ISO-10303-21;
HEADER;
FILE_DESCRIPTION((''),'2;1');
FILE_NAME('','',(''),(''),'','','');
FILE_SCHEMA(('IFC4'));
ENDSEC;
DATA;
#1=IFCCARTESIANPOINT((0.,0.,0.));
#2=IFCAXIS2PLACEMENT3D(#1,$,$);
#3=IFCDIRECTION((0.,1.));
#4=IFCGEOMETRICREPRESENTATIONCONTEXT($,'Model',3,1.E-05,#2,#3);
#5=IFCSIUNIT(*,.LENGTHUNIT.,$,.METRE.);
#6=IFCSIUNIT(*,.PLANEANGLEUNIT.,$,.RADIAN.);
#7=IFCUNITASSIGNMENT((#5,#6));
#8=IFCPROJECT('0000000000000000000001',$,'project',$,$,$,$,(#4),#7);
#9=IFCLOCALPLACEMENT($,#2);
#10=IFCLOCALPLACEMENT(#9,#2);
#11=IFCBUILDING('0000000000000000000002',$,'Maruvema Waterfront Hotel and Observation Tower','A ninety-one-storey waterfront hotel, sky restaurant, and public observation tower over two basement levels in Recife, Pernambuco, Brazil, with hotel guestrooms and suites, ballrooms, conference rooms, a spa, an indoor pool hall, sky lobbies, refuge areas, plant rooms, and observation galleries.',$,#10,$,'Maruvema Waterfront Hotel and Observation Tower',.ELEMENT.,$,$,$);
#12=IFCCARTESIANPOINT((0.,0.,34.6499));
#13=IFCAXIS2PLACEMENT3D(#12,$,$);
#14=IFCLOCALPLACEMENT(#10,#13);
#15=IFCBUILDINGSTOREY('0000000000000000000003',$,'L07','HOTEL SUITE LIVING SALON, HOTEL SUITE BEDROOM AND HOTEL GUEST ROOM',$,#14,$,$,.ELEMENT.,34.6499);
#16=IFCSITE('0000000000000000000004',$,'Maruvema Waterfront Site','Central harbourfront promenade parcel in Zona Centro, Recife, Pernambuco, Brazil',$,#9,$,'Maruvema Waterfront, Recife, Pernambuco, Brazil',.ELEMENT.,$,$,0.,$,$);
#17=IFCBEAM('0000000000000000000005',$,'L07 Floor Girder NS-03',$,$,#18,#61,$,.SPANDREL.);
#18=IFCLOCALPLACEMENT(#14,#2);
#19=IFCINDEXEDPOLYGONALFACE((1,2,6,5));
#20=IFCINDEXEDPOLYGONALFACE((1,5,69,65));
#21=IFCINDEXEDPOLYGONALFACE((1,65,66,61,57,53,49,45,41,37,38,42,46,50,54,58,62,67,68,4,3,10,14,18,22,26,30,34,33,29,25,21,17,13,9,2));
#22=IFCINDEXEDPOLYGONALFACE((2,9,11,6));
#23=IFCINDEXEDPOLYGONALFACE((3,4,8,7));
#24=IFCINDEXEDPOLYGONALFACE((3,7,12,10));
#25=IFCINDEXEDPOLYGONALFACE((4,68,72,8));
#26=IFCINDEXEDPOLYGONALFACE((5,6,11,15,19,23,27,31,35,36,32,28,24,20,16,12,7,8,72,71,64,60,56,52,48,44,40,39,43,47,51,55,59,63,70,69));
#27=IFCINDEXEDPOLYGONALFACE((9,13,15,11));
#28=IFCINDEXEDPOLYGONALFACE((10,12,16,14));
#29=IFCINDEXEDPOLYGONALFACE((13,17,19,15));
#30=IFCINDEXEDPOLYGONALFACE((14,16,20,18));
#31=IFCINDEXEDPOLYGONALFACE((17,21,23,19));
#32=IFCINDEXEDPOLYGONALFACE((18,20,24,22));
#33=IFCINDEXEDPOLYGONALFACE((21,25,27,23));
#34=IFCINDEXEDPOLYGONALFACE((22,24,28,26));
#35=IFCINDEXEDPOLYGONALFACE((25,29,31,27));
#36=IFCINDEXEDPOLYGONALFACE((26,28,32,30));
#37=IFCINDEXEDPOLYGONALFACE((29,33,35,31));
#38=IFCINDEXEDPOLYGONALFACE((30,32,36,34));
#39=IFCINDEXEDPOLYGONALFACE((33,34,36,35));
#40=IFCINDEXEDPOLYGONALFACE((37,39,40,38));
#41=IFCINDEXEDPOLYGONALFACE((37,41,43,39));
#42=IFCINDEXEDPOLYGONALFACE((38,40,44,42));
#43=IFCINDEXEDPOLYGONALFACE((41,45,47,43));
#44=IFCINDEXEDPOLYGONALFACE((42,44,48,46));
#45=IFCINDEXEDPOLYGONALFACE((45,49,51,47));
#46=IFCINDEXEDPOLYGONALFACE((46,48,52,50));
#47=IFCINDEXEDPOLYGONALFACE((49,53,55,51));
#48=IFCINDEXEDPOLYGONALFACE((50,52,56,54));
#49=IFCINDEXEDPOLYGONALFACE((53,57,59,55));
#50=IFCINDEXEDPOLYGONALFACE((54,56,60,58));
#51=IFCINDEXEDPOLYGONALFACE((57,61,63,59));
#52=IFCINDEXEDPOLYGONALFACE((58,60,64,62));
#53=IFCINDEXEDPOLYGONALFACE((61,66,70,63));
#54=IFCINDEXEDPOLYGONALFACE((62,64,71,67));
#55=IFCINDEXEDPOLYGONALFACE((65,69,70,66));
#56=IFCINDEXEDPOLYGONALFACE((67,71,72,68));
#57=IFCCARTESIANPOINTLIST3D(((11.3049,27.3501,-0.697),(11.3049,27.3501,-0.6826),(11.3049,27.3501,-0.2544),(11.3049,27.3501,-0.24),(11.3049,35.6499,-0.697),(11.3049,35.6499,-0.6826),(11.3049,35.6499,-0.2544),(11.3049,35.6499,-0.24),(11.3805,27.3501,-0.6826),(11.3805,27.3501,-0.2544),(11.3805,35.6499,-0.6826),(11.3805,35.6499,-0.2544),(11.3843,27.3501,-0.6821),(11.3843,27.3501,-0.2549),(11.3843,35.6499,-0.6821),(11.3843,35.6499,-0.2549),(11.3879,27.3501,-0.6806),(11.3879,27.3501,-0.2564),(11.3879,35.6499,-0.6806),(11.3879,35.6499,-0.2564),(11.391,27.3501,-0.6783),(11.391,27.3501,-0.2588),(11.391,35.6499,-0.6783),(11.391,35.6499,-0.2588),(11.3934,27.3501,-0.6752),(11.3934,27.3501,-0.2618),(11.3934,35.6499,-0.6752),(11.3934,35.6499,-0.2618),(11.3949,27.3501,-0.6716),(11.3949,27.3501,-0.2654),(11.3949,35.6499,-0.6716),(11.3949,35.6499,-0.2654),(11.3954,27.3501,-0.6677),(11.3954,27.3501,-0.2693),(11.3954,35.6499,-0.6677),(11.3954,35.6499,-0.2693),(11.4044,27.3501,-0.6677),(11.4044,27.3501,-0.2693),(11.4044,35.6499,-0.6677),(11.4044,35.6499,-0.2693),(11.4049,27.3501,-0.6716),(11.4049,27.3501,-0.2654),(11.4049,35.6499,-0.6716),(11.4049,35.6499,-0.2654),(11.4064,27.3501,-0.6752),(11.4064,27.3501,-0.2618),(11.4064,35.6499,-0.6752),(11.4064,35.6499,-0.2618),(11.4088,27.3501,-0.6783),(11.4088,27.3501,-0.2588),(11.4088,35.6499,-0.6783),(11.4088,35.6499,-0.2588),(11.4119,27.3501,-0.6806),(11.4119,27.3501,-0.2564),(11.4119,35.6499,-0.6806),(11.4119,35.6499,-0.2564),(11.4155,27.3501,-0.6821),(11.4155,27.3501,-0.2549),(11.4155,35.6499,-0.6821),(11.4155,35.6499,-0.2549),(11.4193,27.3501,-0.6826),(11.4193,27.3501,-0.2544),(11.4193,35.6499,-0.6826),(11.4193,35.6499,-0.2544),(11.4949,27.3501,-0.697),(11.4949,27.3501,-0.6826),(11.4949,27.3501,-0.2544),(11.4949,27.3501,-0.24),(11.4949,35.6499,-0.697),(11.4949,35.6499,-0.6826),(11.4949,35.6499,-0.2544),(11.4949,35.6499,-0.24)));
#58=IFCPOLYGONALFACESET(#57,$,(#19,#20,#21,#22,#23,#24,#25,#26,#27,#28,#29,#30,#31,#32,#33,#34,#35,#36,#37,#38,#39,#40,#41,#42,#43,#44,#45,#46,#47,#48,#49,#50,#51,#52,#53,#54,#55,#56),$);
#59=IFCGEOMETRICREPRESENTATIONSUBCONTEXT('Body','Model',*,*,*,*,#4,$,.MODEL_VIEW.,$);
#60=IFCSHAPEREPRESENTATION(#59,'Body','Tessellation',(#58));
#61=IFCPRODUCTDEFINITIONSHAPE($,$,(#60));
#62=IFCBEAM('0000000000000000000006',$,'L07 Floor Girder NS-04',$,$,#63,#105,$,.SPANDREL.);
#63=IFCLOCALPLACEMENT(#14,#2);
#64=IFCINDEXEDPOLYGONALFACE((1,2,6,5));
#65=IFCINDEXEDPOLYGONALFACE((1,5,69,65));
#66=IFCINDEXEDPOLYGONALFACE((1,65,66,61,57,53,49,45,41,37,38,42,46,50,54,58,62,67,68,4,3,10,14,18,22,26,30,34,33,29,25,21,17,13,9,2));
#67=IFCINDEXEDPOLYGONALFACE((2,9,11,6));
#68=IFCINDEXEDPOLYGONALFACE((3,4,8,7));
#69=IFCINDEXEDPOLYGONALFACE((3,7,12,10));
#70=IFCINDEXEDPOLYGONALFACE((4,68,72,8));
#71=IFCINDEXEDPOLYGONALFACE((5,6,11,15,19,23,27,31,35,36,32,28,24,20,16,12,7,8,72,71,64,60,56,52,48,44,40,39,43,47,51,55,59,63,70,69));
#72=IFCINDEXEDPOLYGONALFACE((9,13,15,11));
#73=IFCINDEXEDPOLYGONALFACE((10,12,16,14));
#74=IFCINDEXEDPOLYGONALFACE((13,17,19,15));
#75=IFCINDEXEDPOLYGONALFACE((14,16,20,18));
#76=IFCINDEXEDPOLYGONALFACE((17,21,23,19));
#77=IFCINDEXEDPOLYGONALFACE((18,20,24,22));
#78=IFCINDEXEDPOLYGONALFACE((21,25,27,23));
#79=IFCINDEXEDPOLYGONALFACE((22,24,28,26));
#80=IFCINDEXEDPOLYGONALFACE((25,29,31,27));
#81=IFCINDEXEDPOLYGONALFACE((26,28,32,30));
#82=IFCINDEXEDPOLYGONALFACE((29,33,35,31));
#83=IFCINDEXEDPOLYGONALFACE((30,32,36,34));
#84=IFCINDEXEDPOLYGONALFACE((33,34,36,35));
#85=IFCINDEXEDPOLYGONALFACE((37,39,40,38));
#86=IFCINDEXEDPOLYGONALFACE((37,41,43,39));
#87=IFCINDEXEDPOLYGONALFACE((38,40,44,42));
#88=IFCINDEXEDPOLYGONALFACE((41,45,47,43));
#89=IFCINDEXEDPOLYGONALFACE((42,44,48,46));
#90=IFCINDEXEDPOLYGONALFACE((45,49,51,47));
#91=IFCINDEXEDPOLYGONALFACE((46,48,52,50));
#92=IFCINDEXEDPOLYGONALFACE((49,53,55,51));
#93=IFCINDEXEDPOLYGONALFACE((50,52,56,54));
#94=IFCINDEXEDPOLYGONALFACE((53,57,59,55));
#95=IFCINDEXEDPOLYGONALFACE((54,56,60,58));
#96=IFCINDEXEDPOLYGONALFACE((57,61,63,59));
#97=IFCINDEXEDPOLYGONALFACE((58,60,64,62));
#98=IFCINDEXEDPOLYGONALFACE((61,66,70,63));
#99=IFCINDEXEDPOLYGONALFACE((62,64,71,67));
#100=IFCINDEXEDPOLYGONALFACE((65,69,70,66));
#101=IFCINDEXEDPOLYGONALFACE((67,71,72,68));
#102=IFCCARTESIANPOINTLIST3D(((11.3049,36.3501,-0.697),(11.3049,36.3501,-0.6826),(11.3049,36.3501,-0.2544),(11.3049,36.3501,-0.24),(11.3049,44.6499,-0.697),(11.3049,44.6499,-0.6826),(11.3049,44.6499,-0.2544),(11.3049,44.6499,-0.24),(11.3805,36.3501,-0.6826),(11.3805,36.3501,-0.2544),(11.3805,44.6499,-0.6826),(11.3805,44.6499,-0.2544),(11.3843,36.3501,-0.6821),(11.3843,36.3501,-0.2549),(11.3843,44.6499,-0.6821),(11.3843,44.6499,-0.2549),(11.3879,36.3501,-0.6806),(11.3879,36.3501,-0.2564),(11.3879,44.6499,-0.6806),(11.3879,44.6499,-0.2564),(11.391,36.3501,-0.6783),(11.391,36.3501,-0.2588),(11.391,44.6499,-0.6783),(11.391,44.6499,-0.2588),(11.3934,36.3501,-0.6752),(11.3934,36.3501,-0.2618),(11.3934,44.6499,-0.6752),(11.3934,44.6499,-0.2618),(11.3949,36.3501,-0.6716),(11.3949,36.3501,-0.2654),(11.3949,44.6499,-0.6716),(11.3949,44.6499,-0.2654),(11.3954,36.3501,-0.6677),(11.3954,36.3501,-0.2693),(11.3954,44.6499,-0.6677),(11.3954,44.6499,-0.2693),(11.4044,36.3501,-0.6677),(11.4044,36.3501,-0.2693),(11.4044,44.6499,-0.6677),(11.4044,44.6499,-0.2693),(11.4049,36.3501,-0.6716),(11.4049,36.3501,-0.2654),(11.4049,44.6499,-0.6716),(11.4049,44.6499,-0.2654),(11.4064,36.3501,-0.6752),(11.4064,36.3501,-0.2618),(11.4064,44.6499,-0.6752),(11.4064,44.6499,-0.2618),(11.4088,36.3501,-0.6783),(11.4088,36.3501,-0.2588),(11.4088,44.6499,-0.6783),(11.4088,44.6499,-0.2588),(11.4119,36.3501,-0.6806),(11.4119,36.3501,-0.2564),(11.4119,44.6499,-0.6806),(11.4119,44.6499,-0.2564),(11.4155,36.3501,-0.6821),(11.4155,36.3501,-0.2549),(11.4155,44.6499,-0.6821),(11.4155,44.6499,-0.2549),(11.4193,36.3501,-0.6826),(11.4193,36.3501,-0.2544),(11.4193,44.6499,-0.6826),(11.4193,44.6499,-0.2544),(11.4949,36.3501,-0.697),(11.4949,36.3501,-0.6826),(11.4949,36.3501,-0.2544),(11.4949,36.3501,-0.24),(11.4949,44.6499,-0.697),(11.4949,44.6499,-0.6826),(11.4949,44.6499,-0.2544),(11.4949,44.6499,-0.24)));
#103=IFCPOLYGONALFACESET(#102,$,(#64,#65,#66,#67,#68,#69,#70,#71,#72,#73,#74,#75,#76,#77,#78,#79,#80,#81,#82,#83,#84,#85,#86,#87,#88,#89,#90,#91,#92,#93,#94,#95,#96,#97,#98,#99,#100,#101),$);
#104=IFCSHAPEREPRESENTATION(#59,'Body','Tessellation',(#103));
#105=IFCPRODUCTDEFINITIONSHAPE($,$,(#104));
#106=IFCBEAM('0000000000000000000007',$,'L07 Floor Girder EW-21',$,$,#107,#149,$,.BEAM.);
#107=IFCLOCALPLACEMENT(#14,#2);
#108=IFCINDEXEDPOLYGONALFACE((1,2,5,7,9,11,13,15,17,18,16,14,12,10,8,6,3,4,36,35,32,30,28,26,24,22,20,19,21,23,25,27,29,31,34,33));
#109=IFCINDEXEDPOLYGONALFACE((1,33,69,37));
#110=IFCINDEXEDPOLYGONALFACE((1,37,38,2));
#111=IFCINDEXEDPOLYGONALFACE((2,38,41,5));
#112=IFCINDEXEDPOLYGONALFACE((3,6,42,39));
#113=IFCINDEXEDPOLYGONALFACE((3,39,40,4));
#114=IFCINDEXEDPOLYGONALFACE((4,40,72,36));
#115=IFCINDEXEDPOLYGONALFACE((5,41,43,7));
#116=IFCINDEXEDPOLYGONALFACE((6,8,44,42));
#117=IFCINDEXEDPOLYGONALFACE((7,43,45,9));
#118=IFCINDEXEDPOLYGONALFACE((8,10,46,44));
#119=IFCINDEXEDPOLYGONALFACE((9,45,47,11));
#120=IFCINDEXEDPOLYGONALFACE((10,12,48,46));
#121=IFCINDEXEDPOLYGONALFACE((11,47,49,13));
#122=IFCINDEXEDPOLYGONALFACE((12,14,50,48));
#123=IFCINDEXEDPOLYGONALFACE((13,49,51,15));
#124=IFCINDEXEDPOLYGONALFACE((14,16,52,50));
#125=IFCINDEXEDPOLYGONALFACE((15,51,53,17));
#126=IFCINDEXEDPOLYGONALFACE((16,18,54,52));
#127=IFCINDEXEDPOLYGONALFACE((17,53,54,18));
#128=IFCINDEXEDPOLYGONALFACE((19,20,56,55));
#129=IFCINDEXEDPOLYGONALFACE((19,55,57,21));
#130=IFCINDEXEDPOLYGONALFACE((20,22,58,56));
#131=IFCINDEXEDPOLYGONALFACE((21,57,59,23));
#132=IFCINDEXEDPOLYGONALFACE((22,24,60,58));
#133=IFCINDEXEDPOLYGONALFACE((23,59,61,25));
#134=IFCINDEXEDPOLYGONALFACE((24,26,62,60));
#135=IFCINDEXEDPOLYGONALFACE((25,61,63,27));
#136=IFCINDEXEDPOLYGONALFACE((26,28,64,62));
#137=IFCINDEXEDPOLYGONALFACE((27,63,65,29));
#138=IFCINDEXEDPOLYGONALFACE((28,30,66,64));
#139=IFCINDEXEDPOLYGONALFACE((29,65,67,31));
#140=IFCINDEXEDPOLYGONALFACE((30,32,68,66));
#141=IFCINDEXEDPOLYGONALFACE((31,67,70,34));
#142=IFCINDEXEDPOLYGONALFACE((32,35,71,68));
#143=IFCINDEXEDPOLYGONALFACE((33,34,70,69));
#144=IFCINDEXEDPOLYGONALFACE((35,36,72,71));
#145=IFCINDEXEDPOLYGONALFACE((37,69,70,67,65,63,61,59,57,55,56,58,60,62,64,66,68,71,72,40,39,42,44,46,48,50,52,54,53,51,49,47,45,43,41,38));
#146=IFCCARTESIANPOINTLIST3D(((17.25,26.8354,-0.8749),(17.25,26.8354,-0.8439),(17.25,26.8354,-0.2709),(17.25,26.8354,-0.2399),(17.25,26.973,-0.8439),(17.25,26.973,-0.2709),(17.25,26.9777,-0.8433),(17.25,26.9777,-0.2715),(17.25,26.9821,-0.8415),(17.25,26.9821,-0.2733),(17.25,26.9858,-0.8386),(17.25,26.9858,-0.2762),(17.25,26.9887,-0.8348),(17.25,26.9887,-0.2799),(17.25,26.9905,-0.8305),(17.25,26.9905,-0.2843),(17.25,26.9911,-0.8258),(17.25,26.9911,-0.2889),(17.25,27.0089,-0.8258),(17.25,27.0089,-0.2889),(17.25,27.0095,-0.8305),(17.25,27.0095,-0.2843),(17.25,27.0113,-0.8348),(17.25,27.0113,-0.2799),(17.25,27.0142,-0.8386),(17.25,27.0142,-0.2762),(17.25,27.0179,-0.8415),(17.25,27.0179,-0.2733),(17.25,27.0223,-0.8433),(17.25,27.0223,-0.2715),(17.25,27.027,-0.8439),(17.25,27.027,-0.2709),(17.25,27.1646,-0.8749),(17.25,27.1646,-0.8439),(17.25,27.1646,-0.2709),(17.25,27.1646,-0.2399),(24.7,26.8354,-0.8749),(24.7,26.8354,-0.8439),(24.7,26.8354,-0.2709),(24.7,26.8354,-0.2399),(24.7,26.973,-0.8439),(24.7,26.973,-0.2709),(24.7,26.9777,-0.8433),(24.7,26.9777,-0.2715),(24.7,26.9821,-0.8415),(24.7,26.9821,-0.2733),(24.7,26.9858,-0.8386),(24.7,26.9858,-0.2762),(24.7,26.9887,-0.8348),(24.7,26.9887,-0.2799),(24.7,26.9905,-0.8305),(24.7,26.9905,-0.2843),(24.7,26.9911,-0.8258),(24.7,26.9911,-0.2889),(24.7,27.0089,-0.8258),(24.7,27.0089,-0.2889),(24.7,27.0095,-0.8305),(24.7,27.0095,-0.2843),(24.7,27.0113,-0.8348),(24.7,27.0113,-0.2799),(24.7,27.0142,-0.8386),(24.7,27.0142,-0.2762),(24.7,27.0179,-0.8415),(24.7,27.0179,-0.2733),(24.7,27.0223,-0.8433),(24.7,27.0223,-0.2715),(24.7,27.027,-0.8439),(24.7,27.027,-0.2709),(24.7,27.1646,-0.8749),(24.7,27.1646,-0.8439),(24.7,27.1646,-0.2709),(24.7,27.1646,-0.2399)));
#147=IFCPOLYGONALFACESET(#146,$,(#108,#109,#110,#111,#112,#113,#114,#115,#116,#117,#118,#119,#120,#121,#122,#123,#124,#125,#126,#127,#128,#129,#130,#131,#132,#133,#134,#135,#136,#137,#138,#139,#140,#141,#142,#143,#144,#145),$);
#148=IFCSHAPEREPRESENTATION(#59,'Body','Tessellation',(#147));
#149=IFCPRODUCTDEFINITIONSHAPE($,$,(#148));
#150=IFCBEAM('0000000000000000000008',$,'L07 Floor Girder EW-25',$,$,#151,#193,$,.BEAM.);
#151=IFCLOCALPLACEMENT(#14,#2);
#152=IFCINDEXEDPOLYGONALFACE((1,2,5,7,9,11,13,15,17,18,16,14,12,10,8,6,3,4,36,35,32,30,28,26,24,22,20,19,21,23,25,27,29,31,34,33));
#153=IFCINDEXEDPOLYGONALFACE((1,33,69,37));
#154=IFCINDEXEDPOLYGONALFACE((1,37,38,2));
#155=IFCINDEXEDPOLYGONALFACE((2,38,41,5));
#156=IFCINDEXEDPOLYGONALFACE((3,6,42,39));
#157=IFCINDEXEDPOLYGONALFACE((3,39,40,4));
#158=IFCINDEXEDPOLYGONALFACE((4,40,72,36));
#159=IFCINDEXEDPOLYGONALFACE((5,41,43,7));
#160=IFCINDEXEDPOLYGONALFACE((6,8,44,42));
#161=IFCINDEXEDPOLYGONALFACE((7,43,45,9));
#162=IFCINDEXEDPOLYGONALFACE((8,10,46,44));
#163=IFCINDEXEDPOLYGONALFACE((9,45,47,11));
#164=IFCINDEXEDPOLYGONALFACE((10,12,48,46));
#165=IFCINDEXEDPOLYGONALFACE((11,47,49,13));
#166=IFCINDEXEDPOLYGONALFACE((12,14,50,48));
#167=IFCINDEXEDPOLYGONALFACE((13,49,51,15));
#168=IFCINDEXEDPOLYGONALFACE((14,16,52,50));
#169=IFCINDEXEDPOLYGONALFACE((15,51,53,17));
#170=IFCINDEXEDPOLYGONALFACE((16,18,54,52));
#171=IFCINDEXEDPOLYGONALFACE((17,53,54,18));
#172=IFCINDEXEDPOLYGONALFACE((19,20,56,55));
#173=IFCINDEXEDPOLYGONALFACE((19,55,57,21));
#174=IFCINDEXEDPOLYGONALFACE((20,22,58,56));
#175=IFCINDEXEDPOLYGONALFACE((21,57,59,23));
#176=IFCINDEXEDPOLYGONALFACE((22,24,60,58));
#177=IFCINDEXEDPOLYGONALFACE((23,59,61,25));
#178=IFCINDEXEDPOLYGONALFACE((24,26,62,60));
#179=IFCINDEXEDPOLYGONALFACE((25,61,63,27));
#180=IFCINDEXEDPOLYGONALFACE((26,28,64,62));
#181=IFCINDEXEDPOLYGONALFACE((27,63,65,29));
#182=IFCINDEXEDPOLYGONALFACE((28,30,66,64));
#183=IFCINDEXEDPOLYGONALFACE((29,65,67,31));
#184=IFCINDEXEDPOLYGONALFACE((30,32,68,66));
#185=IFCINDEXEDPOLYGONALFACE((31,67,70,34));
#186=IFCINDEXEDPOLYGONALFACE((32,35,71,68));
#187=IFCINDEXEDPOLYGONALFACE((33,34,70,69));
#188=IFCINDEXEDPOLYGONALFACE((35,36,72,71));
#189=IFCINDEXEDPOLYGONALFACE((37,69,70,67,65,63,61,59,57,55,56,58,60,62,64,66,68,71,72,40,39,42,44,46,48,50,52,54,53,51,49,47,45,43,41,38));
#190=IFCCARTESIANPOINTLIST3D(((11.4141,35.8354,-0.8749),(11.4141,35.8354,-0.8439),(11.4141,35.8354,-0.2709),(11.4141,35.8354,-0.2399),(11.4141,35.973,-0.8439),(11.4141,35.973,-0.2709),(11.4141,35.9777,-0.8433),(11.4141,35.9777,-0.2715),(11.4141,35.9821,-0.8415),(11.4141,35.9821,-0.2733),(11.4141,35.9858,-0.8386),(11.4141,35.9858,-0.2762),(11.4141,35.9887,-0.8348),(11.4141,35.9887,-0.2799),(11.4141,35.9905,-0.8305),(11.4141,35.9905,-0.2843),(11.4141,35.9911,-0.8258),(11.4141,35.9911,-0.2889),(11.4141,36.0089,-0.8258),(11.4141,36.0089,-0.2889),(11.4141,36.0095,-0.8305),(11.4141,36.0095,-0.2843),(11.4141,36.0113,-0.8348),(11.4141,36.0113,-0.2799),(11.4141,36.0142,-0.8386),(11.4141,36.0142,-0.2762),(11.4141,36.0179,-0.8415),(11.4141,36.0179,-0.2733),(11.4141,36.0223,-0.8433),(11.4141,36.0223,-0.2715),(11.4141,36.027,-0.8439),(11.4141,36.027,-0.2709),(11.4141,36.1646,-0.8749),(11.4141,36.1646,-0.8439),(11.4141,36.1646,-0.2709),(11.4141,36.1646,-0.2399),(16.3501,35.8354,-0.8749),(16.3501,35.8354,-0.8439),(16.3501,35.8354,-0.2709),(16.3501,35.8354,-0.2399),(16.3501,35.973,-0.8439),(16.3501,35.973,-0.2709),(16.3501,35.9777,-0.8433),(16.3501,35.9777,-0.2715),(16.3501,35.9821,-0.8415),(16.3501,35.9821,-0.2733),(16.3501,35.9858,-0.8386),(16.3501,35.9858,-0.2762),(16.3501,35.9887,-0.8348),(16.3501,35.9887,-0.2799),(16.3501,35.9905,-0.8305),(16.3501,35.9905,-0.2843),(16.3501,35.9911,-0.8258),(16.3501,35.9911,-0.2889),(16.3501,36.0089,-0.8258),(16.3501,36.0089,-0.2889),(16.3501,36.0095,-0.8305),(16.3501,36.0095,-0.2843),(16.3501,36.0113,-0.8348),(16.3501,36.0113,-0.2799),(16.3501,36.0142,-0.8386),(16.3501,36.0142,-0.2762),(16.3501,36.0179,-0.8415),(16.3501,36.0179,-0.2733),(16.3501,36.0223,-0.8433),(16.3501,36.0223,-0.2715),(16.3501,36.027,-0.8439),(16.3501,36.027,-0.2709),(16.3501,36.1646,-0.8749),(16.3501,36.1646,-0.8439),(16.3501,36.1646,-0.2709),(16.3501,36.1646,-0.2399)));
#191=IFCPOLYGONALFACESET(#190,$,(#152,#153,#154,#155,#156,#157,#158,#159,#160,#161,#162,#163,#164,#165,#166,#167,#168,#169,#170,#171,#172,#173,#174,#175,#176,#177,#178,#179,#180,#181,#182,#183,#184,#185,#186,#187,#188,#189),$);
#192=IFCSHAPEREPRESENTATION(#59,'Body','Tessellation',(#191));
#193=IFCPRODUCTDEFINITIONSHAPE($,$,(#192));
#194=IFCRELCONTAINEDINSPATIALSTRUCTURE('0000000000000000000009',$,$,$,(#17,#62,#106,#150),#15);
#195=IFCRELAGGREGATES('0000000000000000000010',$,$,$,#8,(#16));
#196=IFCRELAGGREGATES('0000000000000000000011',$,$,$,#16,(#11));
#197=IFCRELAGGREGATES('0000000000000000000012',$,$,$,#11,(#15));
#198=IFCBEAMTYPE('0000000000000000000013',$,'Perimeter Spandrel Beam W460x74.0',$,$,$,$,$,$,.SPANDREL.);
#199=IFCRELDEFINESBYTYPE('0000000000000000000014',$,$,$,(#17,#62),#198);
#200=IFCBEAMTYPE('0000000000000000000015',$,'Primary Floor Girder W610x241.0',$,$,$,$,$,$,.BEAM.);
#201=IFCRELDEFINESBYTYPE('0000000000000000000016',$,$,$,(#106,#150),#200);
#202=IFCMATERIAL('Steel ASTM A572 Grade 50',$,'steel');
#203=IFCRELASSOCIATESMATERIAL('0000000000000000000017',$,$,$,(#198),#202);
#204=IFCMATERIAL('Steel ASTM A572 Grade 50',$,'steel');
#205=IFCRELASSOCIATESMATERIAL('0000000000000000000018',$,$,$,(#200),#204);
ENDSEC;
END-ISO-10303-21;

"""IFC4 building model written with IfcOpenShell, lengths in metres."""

from ifc_helpers import new_model, si_unit, direction, frame, origin, origin_2d, place, context, subcontext, project, spatial, i_section, extrude, material, material_profile, profile_set, type_object, element, save


model = new_model("IFC4")

# Units and contexts
model_context = context("Model", 3, precision=1e-05, world=origin(), true_north=direction((0.0, 1.0)))
body_context = subcontext(model_context, "Body", "Model", "MODEL_VIEW")
ifc_project = project(units=[si_unit("LENGTHUNIT", "METRE"), si_unit("PLANEANGLEUNIT", "RADIAN")], contexts=[model_context])

# Site, building, storey
site_placement = place(None, origin())
site = spatial("IfcSite", under=ifc_project, at=site_placement, Name="Maruvema Waterfront Site", Description="Central harbourfront promenade parcel in Zona Centro, Recife, Pernambuco, Brazil", LongName="Maruvema Waterfront, Recife, Pernambuco, Brazil", CompositionType="ELEMENT", RefElevation=0.0)
building_placement = place(site_placement, origin())
building = spatial("IfcBuilding", under=site, at=building_placement, Name="Maruvema Waterfront Hotel and Observation Tower", Description="A ninety-one-storey waterfront hotel, sky restaurant, and public observation tower over two basement levels in Recife, Pernambuco, Brazil, with hotel guestrooms and suites, ballrooms, conference rooms, a spa, an indoor pool hall, sky lobbies, refuge areas, plant rooms, and observation galleries.", LongName="Maruvema Waterfront Hotel and Observation Tower", CompositionType="ELEMENT")
storey_placement = place(building_placement, frame((0.0, 0.0, 34.6499)))
storey = spatial("IfcBuildingStorey", under=building, at=storey_placement, Name="L07", Description="HOTEL SUITE LIVING SALON, HOTEL SUITE BEDROOM AND HOTEL GUEST ROOM", CompositionType="ELEMENT", Elevation=34.6499)

# Beams
ifc_material_1 = material(Name="Steel ASTM A572 Grade 50", Category="steel")
ifc_material_profile_1 = material_profile(ifc_material_1, i_section(OverallWidth=0.1899, OverallDepth=0.457, WebThickness=0.009, FlangeThickness=0.0144, FilletRadius=0.0149, at=origin_2d()), Name="W460x74.0")
ifc_profile_set_1 = profile_set([ifc_material_profile_1], Name="Steel ASTM A572 Grade 50")
beam_type_1 = type_object("IfcBeamType", Name="Perimeter Spandrel Beam W460x74.0", PredefinedType="SPANDREL", material=ifc_profile_set_1)
for number, where, z_axis, x_axis, name in (
    (1, (11.3999, 27.3501, -0.4685), (0.0, 1.0, 0.0), (-1.0, 0.0, 0.0), "L07 Floor Girder NS-03"),
    (2, (11.3999, 36.3501, -0.4685), (0.0, 1.0, 0.0), (-1.0, 0.0, 0.0), "L07 Floor Girder NS-04"),
):
    element("IfcBeam", number, at=place(storey_placement, frame(where, z_axis=z_axis, x_axis=x_axis)), inside=storey, type_object=beam_type_1, Name=name, PredefinedType="SPANDREL", context=body_context, shape_type="SweptSolid", body=[
        extrude(i_section(OverallWidth=0.1899, OverallDepth=0.457, WebThickness=0.009, FlangeThickness=0.0144, FilletRadius=0.0149, at=origin_2d()), origin(), (0.0, 0.0, 1.0), 8.2998),
    ])
ifc_material_2 = material(Name="Steel ASTM A572 Grade 50", Category="steel")
ifc_material_profile_2 = material_profile(ifc_material_2, i_section(OverallWidth=0.3291, OverallDepth=0.635, WebThickness=0.0178, FlangeThickness=0.031, FilletRadius=0.0181, at=origin_2d()), Name="W610x241.0")
ifc_profile_set_2 = profile_set([ifc_material_profile_2], Name="Steel ASTM A572 Grade 50")
beam_type_2 = type_object("IfcBeamType", Name="Primary Floor Girder W610x241.0", PredefinedType="BEAM", material=ifc_profile_set_2)
beam_1_placement = place(storey_placement, frame((17.25, 27.0, -0.5574), z_axis=(1.0, 0.0, 0.0), x_axis=(0.0, 1.0, 0.0)))
element("IfcBeam", 3, at=beam_1_placement, inside=storey, type_object=beam_type_2, Name="L07 Floor Girder EW-21", PredefinedType="BEAM", context=body_context, shape_type="SweptSolid", body=[
    extrude(i_section(OverallWidth=0.3291, OverallDepth=0.635, WebThickness=0.0178, FlangeThickness=0.031, FilletRadius=0.0181, at=origin_2d()), origin(), (0.0, 0.0, 1.0), 7.45),
])
beam_2_placement = place(storey_placement, frame((11.4141, 36.0, -0.5574), z_axis=(1.0, 0.0, 0.0), x_axis=(0.0, 1.0, 0.0)))
element("IfcBeam", 4, at=beam_2_placement, inside=storey, type_object=beam_type_2, Name="L07 Floor Girder EW-25", PredefinedType="BEAM", context=body_context, shape_type="SweptSolid", body=[
    extrude(i_section(OverallWidth=0.3291, OverallDepth=0.635, WebThickness=0.0178, FlangeThickness=0.031, FilletRadius=0.0181, at=origin_2d()), origin(), (0.0, 0.0, 1.0), 4.936),
])

save(model, "model.ifc")
